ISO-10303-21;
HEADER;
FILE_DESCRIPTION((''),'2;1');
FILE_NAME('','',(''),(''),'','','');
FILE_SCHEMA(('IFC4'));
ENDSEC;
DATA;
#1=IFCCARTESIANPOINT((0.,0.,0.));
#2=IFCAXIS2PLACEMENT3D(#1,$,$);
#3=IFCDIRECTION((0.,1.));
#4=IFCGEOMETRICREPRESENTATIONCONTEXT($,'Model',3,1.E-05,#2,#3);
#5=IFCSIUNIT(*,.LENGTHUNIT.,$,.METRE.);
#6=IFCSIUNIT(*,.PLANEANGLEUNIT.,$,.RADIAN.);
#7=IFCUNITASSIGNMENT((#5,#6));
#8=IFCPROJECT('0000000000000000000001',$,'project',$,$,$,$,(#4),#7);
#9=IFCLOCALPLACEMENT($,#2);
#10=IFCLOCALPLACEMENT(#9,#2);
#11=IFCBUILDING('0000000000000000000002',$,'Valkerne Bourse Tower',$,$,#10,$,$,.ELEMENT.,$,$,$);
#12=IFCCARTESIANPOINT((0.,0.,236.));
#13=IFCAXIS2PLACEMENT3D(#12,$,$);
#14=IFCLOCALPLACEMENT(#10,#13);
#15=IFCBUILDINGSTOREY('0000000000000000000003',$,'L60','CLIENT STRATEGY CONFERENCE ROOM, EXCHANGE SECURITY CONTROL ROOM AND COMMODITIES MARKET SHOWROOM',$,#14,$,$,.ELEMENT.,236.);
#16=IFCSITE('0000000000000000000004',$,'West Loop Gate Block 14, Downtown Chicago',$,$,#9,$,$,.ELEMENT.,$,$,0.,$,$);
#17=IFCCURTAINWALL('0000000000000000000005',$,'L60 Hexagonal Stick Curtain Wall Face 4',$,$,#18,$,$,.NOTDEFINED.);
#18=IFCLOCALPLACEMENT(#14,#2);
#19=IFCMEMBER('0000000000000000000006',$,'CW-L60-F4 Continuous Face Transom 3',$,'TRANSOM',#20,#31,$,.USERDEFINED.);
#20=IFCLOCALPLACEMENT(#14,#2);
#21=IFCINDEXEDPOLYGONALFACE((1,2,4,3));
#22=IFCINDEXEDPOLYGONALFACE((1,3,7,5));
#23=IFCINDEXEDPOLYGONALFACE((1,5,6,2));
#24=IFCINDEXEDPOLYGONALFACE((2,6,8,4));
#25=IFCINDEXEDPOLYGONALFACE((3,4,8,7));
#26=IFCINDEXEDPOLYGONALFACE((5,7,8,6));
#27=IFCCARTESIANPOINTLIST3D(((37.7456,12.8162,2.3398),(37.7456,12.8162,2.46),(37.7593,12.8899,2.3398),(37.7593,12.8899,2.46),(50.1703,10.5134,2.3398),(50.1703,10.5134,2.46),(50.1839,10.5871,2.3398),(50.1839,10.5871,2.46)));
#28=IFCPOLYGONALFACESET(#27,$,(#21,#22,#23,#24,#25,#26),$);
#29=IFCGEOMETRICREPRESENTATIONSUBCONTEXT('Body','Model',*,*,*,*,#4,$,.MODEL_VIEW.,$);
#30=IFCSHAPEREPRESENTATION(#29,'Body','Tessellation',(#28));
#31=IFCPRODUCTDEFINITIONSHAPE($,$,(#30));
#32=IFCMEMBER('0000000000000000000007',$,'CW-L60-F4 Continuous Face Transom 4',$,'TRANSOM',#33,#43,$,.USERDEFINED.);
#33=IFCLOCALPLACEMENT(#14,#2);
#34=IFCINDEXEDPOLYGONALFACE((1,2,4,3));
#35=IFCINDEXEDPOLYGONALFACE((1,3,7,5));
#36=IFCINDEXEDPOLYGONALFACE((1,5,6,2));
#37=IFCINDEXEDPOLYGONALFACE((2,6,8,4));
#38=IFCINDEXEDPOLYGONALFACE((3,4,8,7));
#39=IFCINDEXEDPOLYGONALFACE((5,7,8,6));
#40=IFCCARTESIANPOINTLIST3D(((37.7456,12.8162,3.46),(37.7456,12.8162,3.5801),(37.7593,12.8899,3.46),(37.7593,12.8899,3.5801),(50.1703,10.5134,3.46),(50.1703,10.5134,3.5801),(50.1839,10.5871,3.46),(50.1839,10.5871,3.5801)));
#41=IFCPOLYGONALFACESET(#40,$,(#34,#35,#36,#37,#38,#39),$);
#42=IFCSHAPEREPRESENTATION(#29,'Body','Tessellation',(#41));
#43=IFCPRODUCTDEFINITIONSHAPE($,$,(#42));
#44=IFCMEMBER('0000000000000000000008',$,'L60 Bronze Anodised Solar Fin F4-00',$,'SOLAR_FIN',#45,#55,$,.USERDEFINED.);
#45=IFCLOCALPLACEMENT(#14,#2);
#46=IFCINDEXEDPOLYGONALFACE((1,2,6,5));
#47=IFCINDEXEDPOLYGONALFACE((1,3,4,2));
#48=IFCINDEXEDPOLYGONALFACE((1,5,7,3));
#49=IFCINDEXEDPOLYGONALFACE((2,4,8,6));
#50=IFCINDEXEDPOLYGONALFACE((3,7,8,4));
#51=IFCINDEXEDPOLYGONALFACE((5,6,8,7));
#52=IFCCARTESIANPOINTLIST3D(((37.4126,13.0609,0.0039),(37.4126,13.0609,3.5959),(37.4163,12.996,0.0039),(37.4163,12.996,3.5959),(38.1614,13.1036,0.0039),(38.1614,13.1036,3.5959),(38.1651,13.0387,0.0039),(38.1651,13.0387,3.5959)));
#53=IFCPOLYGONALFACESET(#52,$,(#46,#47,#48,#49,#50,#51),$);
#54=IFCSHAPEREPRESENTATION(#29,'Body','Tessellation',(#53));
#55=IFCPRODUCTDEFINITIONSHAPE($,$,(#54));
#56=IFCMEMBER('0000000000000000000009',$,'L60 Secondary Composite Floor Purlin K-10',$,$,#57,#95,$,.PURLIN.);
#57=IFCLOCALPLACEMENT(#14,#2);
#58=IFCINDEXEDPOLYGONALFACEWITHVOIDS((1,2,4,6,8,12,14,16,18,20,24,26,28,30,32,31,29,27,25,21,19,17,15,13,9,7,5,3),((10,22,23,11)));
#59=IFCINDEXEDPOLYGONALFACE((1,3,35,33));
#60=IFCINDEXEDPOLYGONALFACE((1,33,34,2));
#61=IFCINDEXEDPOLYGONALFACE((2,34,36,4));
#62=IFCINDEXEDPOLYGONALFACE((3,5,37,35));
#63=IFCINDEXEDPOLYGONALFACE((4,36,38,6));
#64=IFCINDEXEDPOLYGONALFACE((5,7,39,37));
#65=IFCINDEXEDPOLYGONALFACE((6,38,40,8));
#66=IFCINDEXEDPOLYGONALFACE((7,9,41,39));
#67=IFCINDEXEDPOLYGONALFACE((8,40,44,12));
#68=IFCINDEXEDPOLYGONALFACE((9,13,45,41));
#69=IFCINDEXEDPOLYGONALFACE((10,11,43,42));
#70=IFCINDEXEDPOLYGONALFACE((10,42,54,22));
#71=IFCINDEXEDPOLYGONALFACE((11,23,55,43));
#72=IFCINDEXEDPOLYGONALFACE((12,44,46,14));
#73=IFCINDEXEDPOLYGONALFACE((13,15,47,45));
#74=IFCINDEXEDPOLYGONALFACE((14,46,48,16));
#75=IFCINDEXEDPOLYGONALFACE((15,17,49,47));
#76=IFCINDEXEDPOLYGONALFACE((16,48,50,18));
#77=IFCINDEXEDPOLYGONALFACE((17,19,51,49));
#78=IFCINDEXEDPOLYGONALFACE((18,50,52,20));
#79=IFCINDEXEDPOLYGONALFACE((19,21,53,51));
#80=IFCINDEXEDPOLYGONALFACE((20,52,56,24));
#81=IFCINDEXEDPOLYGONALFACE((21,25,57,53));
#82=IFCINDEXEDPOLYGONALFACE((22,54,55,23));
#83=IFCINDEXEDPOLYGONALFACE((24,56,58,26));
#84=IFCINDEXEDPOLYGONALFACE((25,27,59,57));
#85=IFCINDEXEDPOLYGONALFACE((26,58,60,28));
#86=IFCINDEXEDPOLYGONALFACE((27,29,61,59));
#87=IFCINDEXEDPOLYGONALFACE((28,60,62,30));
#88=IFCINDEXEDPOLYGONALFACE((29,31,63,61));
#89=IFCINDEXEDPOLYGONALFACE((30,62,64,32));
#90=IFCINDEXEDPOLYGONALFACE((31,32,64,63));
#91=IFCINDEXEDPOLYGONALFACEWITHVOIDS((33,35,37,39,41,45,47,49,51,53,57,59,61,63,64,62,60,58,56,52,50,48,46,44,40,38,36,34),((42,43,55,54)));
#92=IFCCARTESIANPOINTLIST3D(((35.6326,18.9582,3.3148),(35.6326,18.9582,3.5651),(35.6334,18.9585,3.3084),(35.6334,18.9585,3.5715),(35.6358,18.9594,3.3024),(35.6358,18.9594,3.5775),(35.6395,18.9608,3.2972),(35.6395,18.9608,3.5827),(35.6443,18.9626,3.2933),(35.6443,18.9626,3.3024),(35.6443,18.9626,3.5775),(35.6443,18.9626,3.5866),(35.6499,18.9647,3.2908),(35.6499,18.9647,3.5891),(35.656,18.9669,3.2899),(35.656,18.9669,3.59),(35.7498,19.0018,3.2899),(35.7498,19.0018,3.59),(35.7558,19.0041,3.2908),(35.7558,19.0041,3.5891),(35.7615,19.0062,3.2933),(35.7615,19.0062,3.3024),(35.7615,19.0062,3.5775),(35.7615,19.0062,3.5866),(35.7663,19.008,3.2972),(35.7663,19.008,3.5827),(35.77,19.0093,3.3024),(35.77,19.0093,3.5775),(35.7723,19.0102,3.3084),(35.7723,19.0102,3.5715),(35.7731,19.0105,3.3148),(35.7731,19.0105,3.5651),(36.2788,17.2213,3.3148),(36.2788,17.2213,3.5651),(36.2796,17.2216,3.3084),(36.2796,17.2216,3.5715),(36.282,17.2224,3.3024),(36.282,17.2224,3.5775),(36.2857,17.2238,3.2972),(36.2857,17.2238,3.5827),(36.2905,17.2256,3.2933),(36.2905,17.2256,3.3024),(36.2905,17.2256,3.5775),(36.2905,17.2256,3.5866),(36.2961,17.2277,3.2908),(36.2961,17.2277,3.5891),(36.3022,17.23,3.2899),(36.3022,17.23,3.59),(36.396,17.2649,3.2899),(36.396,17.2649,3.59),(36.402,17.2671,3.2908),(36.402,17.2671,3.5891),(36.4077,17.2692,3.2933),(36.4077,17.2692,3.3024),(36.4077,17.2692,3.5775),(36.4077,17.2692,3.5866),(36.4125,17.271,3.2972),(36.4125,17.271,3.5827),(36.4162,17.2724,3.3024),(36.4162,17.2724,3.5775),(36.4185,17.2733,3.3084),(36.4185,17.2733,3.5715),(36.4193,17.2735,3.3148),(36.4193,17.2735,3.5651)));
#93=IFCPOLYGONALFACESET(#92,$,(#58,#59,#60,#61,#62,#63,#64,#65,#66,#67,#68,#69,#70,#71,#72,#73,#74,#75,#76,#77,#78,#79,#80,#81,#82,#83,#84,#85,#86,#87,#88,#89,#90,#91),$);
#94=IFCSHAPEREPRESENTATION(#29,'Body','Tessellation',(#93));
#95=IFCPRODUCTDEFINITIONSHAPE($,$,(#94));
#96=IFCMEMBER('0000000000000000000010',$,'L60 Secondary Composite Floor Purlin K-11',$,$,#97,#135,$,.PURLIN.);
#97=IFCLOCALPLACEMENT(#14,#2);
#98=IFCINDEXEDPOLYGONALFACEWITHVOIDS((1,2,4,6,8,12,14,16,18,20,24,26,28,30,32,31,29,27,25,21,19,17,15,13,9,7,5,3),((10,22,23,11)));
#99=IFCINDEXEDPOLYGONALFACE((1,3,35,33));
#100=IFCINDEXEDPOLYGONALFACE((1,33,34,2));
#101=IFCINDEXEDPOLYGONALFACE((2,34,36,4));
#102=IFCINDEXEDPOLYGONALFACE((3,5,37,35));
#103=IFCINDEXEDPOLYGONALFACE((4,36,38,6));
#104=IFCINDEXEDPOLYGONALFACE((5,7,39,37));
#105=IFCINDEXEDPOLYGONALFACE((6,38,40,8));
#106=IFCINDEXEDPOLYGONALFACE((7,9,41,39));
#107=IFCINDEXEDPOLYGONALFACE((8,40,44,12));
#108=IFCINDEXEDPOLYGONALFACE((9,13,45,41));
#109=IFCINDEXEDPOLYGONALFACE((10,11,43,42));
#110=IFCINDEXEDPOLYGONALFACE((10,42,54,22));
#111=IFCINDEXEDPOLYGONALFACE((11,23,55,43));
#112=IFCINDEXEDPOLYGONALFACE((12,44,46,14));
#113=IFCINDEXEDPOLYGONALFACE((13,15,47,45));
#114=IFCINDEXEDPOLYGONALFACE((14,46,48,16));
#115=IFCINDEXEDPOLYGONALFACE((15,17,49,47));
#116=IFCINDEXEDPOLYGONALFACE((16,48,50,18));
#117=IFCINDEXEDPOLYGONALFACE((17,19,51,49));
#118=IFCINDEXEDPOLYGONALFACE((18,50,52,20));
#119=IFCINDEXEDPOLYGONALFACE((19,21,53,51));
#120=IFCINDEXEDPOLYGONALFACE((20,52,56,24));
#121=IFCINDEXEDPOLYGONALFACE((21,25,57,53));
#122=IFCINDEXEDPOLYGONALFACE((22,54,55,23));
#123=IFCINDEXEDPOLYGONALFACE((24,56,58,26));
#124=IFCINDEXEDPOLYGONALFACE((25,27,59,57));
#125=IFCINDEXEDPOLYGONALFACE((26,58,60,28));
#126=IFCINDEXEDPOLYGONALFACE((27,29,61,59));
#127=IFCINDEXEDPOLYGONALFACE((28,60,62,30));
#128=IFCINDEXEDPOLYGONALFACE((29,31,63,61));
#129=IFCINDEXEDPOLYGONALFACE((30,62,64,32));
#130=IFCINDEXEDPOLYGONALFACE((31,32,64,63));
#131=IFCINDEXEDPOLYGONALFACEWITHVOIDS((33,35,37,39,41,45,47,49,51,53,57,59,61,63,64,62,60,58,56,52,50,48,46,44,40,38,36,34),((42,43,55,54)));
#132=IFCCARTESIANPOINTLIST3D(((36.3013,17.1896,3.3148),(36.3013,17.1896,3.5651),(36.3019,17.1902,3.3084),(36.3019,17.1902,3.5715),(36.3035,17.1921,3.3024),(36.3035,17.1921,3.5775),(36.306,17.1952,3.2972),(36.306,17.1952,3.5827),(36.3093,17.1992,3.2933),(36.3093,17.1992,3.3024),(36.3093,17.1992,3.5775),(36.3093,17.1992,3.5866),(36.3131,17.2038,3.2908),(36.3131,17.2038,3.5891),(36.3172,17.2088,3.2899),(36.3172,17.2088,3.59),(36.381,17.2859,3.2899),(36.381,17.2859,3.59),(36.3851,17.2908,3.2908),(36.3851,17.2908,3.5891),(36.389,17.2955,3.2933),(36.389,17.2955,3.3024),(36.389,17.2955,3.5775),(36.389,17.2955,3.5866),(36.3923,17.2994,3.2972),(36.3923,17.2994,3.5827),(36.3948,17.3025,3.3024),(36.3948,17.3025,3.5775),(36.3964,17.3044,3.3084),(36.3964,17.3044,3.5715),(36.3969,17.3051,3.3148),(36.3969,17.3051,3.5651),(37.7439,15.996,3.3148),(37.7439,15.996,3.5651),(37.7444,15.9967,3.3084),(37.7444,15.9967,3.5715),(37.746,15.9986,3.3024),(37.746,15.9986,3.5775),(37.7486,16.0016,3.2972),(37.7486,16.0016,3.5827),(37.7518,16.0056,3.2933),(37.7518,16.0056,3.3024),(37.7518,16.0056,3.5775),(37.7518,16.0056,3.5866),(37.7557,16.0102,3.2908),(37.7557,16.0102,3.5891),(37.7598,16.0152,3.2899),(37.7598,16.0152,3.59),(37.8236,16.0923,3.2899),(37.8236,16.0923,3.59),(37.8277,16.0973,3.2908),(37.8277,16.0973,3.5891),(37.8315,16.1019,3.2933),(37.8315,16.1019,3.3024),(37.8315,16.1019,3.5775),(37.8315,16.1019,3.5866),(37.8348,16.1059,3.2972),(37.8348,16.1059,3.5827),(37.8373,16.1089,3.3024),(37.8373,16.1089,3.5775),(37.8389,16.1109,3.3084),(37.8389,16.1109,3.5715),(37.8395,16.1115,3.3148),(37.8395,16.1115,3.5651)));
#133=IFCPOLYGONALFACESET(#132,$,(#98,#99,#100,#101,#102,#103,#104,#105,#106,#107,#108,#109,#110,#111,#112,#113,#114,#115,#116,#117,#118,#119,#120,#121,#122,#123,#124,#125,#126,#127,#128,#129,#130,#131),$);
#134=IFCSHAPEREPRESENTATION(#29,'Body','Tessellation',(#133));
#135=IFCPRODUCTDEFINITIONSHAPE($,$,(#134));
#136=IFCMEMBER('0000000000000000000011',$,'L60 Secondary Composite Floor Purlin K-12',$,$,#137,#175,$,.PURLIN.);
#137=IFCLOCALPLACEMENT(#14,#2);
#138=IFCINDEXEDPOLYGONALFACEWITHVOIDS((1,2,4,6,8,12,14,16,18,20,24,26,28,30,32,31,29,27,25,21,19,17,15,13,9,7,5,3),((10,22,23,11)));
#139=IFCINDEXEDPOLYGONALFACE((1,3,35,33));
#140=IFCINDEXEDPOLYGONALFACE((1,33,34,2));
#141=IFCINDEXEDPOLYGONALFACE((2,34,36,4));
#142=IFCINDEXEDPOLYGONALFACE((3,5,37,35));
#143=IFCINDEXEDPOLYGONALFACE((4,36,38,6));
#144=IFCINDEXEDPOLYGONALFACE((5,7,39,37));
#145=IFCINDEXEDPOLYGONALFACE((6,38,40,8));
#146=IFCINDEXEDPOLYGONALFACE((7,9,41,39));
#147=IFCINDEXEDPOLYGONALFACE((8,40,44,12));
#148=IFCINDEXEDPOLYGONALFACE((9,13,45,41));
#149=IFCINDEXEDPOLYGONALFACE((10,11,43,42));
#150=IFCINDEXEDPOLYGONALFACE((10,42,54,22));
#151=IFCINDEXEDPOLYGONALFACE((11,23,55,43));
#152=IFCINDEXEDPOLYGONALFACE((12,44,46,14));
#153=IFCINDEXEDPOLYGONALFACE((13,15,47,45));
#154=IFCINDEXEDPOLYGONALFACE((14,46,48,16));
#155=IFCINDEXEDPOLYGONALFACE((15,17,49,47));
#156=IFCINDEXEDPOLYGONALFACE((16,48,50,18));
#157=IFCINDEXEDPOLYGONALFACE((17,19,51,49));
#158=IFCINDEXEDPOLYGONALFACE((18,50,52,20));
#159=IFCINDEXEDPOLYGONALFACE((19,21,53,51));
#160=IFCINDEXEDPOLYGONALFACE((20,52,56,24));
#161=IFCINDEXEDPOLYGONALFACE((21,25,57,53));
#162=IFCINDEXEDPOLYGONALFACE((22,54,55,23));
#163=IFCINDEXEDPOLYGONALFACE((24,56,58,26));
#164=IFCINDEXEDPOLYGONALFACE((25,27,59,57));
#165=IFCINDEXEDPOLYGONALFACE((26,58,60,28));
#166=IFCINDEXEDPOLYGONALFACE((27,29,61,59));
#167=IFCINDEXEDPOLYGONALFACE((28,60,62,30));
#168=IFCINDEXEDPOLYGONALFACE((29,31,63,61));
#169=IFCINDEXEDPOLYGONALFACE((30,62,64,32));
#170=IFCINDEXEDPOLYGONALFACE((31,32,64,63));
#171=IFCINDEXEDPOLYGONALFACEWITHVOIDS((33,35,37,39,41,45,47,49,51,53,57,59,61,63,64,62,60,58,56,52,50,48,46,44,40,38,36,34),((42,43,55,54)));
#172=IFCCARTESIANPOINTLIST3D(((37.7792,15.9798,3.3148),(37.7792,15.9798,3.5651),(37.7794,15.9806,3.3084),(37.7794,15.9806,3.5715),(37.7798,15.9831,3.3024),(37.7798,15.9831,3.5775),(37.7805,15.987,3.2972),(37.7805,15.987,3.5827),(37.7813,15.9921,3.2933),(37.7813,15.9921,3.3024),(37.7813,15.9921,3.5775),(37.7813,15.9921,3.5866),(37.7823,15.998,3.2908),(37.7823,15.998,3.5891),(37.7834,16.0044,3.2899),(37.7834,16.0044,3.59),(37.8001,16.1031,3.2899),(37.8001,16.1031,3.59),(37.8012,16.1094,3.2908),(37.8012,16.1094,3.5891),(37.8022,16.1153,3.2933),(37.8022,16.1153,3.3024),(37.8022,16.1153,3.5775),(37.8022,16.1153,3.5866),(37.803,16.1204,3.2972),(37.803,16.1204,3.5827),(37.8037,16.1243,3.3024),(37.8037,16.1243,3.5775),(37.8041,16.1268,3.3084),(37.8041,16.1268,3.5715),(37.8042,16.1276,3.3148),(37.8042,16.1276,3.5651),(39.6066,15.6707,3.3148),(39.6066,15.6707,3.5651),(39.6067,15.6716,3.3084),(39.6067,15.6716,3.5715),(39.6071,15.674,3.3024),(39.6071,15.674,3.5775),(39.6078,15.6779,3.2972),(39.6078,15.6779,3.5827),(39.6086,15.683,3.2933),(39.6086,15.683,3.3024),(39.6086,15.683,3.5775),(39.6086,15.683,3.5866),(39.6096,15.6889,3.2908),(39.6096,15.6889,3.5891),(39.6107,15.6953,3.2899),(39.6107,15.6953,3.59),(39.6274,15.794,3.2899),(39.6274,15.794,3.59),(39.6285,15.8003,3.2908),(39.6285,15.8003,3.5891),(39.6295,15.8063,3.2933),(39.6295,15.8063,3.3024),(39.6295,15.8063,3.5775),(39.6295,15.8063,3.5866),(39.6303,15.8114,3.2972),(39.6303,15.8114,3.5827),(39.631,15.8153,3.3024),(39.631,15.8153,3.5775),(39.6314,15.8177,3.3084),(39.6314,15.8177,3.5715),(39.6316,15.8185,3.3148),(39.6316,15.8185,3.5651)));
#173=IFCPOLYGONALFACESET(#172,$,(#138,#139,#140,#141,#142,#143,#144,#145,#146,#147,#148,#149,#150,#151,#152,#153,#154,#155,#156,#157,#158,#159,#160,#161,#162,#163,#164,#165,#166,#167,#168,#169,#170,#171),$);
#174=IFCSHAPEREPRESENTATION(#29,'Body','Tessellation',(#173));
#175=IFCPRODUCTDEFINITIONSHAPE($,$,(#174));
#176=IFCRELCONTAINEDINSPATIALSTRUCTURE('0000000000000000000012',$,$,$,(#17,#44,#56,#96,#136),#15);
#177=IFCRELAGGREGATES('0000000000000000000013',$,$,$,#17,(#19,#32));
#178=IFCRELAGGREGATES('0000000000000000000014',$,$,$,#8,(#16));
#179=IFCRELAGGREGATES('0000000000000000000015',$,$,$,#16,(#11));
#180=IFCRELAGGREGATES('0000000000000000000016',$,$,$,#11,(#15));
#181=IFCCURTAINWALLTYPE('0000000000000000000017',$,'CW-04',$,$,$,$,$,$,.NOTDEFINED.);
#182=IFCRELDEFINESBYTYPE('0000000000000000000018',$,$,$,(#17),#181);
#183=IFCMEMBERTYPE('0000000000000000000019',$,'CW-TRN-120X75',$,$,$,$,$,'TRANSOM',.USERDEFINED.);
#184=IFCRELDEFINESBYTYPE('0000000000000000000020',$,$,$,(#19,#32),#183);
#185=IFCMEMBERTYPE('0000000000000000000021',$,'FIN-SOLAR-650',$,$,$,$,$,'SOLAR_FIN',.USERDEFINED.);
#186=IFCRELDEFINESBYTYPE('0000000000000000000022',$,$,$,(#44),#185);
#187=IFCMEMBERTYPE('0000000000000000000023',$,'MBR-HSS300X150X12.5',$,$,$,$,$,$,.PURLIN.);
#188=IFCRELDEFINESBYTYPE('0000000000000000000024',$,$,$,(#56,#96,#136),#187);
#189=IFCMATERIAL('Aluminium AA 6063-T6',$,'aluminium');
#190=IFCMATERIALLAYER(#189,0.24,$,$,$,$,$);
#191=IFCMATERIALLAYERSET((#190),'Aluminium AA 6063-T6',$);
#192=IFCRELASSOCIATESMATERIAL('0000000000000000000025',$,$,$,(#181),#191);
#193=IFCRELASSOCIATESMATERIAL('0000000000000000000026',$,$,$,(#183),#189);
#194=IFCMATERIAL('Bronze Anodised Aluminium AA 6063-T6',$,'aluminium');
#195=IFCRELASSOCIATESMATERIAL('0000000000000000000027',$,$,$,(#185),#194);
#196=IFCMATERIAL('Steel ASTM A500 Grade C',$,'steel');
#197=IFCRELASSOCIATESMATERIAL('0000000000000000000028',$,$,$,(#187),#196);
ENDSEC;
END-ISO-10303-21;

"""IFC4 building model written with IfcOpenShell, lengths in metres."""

from ifc_helpers import new_model, si_unit, direction, frame, origin, origin_2d, place, context, subcontext, project, spatial, rectangle, hollow_rectangle, extrude, material, layer, layer_set, material_profile, profile_set, type_object, element, aggregate, save


model = new_model("IFC4")

# Units and contexts
model_context = context("Model", 3, precision=1e-05, world=origin(), true_north=direction((0.0, 1.0)))
body_context = subcontext(model_context, "Body", "Model", "MODEL_VIEW")
ifc_project = project(units=[si_unit("LENGTHUNIT", "METRE"), si_unit("PLANEANGLEUNIT", "RADIAN")], contexts=[model_context])

# Site, building, storey
site_placement = place(None, origin())
site = spatial("IfcSite", under=ifc_project, at=site_placement, Name="West Loop Gate Block 14, Downtown Chicago", CompositionType="ELEMENT", RefElevation=0.0)
building_placement = place(site_placement, origin())
building = spatial("IfcBuilding", under=site, at=building_placement, Name="Valkerne Bourse Tower", CompositionType="ELEMENT")
storey_placement = place(building_placement, frame((0.0, 0.0, 236.0)))
storey = spatial("IfcBuildingStorey", under=building, at=storey_placement, Name="L60", Description="CLIENT STRATEGY CONFERENCE ROOM, EXCHANGE SECURITY CONTROL ROOM AND COMMODITIES MARKET SHOWROOM", CompositionType="ELEMENT", Elevation=236.0)

# Curtain wall, members
ifc_material_1 = material(Name="Aluminium AA 6063-T6", Category="aluminium")
ifc_layer_1 = layer(ifc_material_1, 0.24)
ifc_layer_set_1 = layer_set([ifc_layer_1], Name="Aluminium AA 6063-T6")
curtain_wall_type = type_object("IfcCurtainWallType", Name="CW-04", PredefinedType="NOTDEFINED", material=ifc_layer_set_1)
curtain_wall_placement = place(storey_placement, origin())
curtain_wall = element("IfcCurtainWall", 1, at=curtain_wall_placement, inside=storey, type_object=curtain_wall_type, Name="L60 Hexagonal Stick Curtain Wall Face 4", PredefinedType="NOTDEFINED")
ifc_material_profile_1 = material_profile(ifc_material_1, rectangle(XDim=0.075, YDim=0.1201, at=origin_2d()), Name="CWT-75X120")
ifc_profile_set_1 = profile_set([ifc_material_profile_1], Name="Aluminium AA 6063-T6")
member_type_1 = type_object("IfcMemberType", Name="CW-TRN-120X75", ElementType="TRANSOM", PredefinedType="USERDEFINED", material=ifc_profile_set_1)
member_1_placement = place(storey_placement, frame((37.7524, 12.853, 2.3999), z_axis=(0.983255, -0.182234, 0.0), x_axis=(0.182234, 0.983255, 0.0)))
member_1 = element("IfcMember", 2, at=member_1_placement, type_object=member_type_1, Name="CW-L60-F4 Continuous Face Transom 3", ObjectType="TRANSOM", PredefinedType="USERDEFINED", context=body_context, shape_type="SweptSolid", body=[
    extrude(rectangle(XDim=0.075, YDim=0.1201, at=origin_2d()), origin(), (0.0, 0.0, 1.0), 12.6362),
])
member_2_placement = place(storey_placement, frame((37.7524, 12.853, 3.52), z_axis=(0.983255, -0.182234, 0.0), x_axis=(0.182234, 0.983255, 0.0)))
member_2 = element("IfcMember", 3, at=member_2_placement, type_object=member_type_1, Name="CW-L60-F4 Continuous Face Transom 4", ObjectType="TRANSOM", PredefinedType="USERDEFINED", context=body_context, shape_type="SweptSolid", body=[
    extrude(rectangle(XDim=0.075, YDim=0.1201, at=origin_2d()), origin(), (0.0, 0.0, 1.0), 12.6362),
])
aggregate(curtain_wall, [member_1, member_2])

# Members
ifc_material_2 = material(Name="Bronze Anodised Aluminium AA 6063-T6", Category="aluminium")
ifc_material_profile_2 = material_profile(ifc_material_2, rectangle(XDim=0.0649, YDim=0.75, at=origin_2d()), Name="FIN-65X750")
ifc_profile_set_2 = profile_set([ifc_material_profile_2], Name="Bronze Anodised Aluminium AA 6063-T6")
member_type_2 = type_object("IfcMemberType", Name="FIN-SOLAR-650", ElementType="SOLAR_FIN", PredefinedType="USERDEFINED", material=ifc_profile_set_2)
member_3_placement = place(storey_placement, frame((37.7888, 13.0498, 0.0039), z_axis=(0.0, 0.0, 1.0), x_axis=(0.05696, -0.998376, 0.0)))
element("IfcMember", 4, at=member_3_placement, inside=storey, type_object=member_type_2, Name="L60 Bronze Anodised Solar Fin F4-00", ObjectType="SOLAR_FIN", PredefinedType="USERDEFINED", context=body_context, shape_type="SweptSolid", body=[
    extrude(rectangle(XDim=0.0649, YDim=0.75, at=origin_2d()), origin(), (0.0, 0.0, 1.0), 3.592),
])
ifc_material_3 = material(Name="Steel ASTM A500 Grade C", Category="steel")
ifc_material_profile_3 = material_profile(ifc_material_3, hollow_rectangle(XDim=0.1499, YDim=0.3, WallThickness=0.0125, OuterFilletRadius=0.0249, at=origin_2d()), Name="HSS300X150X12.5")
ifc_profile_set_3 = profile_set([ifc_material_profile_3], Name="Steel ASTM A500 Grade C")
member_type_3 = type_object("IfcMemberType", Name="MBR-HSS300X150X12.5", PredefinedType="PURLIN", material=ifc_profile_set_3)
member_4_placement = place(storey_placement, frame((35.7029, 18.9844, 3.4399), z_axis=(0.348683, -0.937241, 0.0), x_axis=(0.937241, 0.348683, 0.0)))
element("IfcMember", 5, at=member_4_placement, inside=storey, type_object=member_type_3, Name="L60 Secondary Composite Floor Purlin K-10", PredefinedType="PURLIN", context=body_context, shape_type="SweptSolid", body=[
    extrude(hollow_rectangle(XDim=0.1499, YDim=0.3, WallThickness=0.0125, OuterFilletRadius=0.0249, at=origin_2d()), origin(), (0.0, 0.0, 1.0), 1.8533),
])
member_5_placement = place(storey_placement, frame((36.3491, 17.2473, 3.4399), z_axis=(0.770472, -0.637474, 0.0), x_axis=(0.637474, 0.770472, 0.0)))
element("IfcMember", 6, at=member_5_placement, inside=storey, type_object=member_type_3, Name="L60 Secondary Composite Floor Purlin K-11", PredefinedType="PURLIN", context=body_context, shape_type="SweptSolid", body=[
    extrude(hollow_rectangle(XDim=0.1499, YDim=0.3, WallThickness=0.0125, OuterFilletRadius=0.0249, at=origin_2d()), origin(), (0.0, 0.0, 1.0), 1.8723),
])
member_6_placement = place(storey_placement, frame((37.7917, 16.0537, 3.4399), z_axis=(0.985996, -0.16677, 0.0), x_axis=(0.16677, 0.985996, 0.0)))
element("IfcMember", 7, at=member_6_placement, inside=storey, type_object=member_type_3, Name="L60 Secondary Composite Floor Purlin K-12", PredefinedType="PURLIN", context=body_context, shape_type="SweptSolid", body=[
    extrude(hollow_rectangle(XDim=0.1499, YDim=0.3, WallThickness=0.0125, OuterFilletRadius=0.0249, at=origin_2d()), origin(), (0.0, 0.0, 1.0), 1.8533),
])

save(model, "model.ifc")
